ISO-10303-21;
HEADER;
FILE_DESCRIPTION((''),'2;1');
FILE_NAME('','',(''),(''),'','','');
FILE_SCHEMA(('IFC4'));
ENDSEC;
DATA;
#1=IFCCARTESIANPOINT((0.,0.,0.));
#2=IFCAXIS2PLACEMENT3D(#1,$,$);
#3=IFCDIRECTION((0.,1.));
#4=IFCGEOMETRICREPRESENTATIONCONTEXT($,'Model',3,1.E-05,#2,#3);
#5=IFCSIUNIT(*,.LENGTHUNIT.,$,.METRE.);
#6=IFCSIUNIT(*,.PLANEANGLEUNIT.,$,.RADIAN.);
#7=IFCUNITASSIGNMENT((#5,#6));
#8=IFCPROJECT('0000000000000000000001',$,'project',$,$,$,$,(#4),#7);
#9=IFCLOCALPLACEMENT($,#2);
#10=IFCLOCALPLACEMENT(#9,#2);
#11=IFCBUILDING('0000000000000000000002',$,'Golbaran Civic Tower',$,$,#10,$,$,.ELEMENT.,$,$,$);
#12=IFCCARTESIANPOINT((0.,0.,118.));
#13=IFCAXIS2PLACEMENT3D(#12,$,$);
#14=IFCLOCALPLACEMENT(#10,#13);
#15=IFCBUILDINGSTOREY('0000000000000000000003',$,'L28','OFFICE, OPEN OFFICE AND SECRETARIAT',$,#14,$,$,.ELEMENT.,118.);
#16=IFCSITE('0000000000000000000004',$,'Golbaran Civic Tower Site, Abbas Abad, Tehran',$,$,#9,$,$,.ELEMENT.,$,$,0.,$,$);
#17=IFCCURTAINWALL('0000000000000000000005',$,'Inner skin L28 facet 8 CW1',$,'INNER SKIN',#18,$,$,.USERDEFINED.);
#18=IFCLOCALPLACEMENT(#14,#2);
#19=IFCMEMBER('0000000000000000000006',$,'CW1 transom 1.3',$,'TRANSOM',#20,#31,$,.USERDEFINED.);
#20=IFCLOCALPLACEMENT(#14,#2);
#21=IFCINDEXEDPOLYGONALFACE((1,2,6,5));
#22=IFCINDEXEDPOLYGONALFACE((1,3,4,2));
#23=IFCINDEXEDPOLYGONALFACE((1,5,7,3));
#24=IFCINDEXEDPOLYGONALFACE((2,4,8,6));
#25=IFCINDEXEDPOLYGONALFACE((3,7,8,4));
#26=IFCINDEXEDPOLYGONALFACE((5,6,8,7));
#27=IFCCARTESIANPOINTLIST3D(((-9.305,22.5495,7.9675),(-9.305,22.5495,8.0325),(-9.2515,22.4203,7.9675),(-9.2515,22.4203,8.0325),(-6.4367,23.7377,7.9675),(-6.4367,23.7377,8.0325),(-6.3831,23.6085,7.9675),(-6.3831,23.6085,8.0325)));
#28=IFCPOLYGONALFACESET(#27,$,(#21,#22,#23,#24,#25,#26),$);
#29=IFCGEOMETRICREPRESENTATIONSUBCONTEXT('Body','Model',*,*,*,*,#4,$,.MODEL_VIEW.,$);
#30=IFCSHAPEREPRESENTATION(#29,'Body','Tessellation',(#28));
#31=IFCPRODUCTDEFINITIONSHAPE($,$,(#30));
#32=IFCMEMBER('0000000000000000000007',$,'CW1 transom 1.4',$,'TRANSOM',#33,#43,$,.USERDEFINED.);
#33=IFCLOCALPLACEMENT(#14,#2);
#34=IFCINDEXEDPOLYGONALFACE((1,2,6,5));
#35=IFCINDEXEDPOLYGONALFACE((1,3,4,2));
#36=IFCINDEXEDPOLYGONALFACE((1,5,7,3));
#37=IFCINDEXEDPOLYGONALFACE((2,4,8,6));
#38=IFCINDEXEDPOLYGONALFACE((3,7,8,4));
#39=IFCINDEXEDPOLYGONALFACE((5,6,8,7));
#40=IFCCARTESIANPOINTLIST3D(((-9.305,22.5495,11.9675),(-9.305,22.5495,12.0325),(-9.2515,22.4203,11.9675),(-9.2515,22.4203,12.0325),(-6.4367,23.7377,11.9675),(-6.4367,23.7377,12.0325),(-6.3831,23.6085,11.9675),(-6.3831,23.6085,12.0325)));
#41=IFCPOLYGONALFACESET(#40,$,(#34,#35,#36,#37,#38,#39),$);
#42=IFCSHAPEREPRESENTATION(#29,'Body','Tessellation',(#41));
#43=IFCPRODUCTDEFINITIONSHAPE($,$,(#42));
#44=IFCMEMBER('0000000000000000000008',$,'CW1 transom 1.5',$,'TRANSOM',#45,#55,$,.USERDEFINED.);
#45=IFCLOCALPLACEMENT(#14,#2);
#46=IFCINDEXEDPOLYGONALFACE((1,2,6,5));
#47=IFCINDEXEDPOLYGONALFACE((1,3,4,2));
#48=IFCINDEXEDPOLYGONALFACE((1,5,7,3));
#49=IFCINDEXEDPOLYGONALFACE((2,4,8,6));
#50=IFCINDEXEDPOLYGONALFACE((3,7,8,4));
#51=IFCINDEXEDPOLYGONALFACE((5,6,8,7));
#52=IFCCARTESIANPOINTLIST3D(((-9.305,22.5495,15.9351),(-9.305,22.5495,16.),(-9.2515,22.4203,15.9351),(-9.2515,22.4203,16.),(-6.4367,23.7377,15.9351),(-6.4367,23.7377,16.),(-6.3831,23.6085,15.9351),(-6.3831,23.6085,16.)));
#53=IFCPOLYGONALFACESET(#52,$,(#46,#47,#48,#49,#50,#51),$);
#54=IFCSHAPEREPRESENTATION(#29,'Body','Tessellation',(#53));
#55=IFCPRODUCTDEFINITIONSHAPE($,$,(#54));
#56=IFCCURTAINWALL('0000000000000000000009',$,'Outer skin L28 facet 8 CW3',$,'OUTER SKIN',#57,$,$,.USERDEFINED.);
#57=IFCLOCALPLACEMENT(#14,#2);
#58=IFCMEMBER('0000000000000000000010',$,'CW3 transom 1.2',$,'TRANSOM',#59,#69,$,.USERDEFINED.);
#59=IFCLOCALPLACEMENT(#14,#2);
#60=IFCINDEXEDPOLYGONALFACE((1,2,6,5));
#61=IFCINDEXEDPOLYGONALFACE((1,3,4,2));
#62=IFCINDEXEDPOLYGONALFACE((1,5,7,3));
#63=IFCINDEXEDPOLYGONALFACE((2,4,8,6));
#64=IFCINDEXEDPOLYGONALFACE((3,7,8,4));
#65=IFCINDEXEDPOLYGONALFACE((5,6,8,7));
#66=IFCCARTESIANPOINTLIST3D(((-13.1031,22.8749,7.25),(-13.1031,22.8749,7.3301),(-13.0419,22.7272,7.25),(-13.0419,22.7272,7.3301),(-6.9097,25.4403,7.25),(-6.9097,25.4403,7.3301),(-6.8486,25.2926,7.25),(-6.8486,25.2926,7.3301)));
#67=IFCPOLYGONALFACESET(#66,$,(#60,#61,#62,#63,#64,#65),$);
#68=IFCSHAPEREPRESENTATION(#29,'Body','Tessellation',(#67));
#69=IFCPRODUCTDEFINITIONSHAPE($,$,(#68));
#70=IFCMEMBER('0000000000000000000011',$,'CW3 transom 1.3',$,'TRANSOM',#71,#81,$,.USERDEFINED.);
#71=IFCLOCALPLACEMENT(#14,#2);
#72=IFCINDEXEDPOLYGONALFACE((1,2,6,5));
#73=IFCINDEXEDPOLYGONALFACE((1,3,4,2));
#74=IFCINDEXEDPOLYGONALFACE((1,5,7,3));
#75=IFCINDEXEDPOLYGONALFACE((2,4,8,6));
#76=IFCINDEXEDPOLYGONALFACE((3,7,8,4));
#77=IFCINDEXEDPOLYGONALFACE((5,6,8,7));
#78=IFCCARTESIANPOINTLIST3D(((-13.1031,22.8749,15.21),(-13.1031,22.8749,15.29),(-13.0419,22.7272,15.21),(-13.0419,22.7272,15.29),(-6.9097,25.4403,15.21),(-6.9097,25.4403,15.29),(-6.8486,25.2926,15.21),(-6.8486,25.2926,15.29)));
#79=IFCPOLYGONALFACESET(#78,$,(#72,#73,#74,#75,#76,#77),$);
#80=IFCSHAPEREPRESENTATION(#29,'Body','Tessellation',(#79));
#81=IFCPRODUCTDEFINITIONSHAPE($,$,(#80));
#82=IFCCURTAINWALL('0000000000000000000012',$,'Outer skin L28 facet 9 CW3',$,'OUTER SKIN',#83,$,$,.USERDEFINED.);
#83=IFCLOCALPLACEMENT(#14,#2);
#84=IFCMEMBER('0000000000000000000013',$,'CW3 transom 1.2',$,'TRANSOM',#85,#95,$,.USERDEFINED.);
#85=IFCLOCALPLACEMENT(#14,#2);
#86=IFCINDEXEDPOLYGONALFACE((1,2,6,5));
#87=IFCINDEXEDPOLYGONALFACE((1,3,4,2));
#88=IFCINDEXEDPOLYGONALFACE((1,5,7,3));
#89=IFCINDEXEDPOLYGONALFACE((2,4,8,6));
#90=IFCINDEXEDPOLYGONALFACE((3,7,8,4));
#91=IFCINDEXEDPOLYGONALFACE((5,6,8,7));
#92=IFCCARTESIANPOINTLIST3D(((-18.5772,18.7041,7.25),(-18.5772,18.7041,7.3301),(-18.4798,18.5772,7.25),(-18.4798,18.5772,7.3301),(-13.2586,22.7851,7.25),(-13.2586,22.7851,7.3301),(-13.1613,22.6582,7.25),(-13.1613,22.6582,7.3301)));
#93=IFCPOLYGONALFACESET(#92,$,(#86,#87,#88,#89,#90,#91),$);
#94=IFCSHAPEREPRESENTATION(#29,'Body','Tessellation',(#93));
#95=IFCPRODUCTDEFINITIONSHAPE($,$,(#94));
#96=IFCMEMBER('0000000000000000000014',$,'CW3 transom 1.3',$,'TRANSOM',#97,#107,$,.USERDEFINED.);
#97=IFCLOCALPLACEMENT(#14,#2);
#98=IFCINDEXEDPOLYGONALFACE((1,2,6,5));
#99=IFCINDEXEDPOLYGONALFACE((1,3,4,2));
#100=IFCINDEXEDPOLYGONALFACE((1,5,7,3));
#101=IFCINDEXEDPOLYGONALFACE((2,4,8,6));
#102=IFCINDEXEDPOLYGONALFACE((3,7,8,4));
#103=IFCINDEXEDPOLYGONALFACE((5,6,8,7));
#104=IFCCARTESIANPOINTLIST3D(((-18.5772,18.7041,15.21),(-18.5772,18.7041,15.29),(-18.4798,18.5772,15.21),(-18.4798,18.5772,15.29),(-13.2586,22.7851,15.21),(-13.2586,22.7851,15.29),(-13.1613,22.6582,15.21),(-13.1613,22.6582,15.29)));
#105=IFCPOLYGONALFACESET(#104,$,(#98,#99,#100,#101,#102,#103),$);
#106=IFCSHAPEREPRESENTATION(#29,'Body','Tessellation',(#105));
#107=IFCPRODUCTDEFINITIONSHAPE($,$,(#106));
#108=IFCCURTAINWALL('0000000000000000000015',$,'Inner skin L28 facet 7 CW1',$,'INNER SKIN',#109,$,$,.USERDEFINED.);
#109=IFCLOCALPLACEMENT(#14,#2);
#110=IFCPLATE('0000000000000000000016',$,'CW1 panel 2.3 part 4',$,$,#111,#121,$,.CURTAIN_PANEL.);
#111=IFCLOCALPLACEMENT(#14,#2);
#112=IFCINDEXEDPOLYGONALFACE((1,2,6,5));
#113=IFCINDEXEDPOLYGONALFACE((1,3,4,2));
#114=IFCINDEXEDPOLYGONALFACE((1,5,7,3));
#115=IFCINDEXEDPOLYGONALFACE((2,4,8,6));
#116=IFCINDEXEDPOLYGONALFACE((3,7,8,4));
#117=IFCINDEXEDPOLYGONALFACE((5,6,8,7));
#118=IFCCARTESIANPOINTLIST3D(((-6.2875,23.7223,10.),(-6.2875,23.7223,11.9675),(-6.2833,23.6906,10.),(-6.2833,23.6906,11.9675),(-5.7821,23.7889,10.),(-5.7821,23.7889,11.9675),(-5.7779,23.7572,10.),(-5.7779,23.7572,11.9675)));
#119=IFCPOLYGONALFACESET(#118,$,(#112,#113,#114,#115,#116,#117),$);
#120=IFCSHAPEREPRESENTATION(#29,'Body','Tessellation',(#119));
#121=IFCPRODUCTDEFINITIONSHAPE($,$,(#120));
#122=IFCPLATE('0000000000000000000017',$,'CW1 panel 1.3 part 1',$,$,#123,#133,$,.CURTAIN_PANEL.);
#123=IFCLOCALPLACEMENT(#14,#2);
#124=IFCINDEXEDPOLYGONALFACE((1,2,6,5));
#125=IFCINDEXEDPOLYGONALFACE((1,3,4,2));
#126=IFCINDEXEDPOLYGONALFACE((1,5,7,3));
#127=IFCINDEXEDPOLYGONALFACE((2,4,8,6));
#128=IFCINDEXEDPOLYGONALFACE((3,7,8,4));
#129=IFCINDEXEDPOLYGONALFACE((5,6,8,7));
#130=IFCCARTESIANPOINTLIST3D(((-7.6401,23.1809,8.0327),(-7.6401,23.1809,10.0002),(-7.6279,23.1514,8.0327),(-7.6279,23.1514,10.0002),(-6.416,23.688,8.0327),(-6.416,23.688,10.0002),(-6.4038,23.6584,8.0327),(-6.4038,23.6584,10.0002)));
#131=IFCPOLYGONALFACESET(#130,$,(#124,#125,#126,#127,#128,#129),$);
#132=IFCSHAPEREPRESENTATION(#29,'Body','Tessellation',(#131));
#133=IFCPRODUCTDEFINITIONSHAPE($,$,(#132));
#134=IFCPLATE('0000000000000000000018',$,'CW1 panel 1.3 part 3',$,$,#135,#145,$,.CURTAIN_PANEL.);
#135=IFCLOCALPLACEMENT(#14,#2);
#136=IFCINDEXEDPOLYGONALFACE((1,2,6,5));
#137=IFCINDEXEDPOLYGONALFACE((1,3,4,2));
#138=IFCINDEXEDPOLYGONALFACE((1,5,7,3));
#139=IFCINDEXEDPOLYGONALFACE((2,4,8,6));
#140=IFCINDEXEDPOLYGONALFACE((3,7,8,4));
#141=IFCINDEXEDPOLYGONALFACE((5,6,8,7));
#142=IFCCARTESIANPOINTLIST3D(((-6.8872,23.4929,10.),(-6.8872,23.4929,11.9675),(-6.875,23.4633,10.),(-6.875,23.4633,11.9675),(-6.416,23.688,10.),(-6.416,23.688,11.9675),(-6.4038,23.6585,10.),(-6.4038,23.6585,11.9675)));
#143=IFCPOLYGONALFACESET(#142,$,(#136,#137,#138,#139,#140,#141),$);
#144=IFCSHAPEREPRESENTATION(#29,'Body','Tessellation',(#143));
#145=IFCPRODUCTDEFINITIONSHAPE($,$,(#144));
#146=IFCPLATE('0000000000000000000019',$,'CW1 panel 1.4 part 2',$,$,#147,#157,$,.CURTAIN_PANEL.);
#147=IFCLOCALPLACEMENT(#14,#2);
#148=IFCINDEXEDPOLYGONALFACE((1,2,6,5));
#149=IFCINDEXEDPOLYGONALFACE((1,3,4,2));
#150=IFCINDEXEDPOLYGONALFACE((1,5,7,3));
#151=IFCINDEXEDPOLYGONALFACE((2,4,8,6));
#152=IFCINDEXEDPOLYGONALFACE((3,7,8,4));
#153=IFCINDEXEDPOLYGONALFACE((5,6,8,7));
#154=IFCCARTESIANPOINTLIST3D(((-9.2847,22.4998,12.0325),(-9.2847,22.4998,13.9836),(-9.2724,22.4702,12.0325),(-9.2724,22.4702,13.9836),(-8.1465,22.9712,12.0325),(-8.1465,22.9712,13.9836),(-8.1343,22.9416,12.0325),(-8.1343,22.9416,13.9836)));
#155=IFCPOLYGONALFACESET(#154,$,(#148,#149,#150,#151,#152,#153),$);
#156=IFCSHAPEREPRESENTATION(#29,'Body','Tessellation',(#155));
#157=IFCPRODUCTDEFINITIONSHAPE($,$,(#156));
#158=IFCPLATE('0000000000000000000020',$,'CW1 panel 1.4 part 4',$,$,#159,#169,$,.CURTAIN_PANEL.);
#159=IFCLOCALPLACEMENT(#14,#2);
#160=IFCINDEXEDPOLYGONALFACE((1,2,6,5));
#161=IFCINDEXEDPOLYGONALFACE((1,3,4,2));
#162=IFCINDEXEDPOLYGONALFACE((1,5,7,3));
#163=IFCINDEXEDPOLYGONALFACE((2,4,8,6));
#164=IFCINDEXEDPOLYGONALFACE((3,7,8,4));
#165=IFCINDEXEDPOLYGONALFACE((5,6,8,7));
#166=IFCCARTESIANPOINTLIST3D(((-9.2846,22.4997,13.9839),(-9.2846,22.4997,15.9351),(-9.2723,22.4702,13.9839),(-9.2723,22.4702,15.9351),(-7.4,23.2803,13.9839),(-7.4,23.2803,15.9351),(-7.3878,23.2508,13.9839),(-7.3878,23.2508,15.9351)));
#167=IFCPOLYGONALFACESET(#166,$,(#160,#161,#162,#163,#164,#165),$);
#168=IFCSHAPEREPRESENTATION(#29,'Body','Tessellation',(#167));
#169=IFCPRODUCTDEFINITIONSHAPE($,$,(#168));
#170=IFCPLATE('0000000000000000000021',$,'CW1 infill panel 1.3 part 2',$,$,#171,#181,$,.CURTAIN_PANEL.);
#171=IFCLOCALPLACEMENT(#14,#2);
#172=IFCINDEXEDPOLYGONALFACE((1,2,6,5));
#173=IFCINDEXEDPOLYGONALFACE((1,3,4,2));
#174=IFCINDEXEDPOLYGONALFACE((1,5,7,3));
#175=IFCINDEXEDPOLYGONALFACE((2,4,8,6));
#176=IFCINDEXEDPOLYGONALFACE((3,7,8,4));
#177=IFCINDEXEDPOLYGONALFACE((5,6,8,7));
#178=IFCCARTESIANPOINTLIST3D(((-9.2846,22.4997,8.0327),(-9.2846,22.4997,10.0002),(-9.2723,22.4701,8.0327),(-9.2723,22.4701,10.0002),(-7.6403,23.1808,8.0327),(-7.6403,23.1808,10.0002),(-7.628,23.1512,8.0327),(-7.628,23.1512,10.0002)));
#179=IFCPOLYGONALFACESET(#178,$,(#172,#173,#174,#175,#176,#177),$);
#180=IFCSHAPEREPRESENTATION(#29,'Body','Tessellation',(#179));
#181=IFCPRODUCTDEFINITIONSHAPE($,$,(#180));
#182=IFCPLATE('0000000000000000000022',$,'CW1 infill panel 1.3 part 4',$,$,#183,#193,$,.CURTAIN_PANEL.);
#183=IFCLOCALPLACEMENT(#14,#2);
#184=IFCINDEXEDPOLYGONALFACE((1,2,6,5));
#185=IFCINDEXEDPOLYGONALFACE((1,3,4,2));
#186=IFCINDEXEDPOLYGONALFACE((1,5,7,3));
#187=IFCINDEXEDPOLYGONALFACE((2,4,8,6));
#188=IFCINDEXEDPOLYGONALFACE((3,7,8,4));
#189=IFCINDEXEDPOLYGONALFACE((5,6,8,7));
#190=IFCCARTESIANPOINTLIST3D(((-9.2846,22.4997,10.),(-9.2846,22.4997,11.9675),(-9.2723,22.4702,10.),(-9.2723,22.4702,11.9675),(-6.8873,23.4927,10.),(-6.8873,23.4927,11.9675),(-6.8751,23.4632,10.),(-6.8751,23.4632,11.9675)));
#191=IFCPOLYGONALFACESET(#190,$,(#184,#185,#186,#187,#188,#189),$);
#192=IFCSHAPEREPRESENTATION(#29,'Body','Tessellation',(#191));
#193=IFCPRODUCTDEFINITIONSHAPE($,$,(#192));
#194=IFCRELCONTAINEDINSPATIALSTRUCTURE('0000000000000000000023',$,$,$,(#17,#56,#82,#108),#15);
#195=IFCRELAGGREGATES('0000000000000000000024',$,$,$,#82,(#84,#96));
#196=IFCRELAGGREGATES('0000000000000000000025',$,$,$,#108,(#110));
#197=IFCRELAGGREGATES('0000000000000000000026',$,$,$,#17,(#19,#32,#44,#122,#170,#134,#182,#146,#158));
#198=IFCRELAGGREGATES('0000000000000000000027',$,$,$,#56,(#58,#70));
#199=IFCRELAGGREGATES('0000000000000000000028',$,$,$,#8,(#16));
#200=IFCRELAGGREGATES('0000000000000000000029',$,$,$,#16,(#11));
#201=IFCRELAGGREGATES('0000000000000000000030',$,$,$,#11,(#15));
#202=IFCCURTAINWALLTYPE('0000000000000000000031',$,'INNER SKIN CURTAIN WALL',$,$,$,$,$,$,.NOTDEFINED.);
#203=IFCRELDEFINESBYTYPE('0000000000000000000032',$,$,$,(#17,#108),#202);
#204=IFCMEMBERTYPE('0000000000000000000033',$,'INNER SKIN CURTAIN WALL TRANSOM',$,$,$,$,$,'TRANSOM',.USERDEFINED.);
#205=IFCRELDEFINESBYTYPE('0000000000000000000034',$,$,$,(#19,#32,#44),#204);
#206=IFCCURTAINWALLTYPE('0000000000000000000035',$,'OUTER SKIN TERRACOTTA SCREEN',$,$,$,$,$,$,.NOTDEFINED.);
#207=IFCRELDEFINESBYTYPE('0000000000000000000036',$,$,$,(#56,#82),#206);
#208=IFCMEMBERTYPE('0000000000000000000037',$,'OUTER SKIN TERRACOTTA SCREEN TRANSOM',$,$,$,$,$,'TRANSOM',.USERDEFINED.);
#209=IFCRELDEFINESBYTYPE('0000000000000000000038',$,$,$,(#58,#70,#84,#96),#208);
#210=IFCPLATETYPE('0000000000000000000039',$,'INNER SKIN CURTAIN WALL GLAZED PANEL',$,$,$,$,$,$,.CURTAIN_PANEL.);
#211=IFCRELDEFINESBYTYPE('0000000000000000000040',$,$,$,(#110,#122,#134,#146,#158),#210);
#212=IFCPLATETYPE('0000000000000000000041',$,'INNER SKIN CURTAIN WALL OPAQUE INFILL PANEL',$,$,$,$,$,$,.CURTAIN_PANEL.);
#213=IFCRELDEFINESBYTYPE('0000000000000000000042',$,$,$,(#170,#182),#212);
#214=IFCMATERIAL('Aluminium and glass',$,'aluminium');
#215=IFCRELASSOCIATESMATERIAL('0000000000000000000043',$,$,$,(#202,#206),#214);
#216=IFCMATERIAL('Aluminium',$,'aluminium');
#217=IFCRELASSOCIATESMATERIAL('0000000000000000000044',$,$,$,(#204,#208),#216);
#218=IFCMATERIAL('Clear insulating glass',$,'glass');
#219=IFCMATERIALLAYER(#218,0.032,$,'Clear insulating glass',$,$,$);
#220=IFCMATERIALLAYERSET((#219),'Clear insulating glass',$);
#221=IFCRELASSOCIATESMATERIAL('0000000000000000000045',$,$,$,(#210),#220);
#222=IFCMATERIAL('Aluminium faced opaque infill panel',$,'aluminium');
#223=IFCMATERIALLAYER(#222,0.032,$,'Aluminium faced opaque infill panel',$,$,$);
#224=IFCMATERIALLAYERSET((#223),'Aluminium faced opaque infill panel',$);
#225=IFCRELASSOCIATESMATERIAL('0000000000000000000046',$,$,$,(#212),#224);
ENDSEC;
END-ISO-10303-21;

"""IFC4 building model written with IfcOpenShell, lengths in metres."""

from ifc_helpers import new_model, si_unit, direction, frame, origin, origin_2d, place, context, subcontext, project, spatial, rectangle, extrude, material, layer, layer_set, material_profile, profile_set, type_object, element, aggregate, save


model = new_model("IFC4")

# Units and contexts
model_context = context("Model", 3, precision=1e-05, world=origin(), true_north=direction((0.0, 1.0)))
body_context = subcontext(model_context, "Body", "Model", "MODEL_VIEW")
ifc_project = project(units=[si_unit("LENGTHUNIT", "METRE"), si_unit("PLANEANGLEUNIT", "RADIAN")], contexts=[model_context])

# Site, building, storey
site_placement = place(None, origin())
site = spatial("IfcSite", under=ifc_project, at=site_placement, Name="Golbaran Civic Tower Site, Abbas Abad, Tehran", CompositionType="ELEMENT", RefElevation=0.0)
building_placement = place(site_placement, origin())
building = spatial("IfcBuilding", under=site, at=building_placement, Name="Golbaran Civic Tower", CompositionType="ELEMENT")
storey_placement = place(building_placement, frame((0.0, 0.0, 118.0)))
storey = spatial("IfcBuildingStorey", under=building, at=storey_placement, Name="L28", Description="OFFICE, OPEN OFFICE AND SECRETARIAT", CompositionType="ELEMENT", Elevation=118.0)

# Curtain walls, members
ifc_material_1 = material(Name="Aluminium and glass", Category="aluminium")
curtain_wall_type_1 = type_object("IfcCurtainWallType", Name="INNER SKIN CURTAIN WALL", PredefinedType="NOTDEFINED", material=ifc_material_1)
curtain_wall_1_placement = place(storey_placement, origin())
curtain_wall_1 = element("IfcCurtainWall", 1, at=curtain_wall_1_placement, inside=storey, type_object=curtain_wall_type_1, Name="Inner skin L28 facet 8 CW1", ObjectType="INNER SKIN", PredefinedType="USERDEFINED")
ifc_material_2 = material(Name="Aluminium", Category="aluminium")
ifc_material_profile_1 = material_profile(ifc_material_2, rectangle(XDim=0.1399, YDim=0.0649, at=origin_2d()), Name="INNER SKIN CURTAIN WALL TRANSOM")
ifc_profile_set_1 = profile_set([ifc_material_profile_1], Name="Aluminium")
member_type_1 = type_object("IfcMemberType", Name="INNER SKIN CURTAIN WALL TRANSOM", ElementType="TRANSOM", PredefinedType="USERDEFINED", material=ifc_profile_set_1)
member_1_placement = place(storey_placement, frame((-6.4099, 23.6731, 8.0), z_axis=(-0.923868, -0.382711, 0.0), x_axis=(0.382711, -0.923868, 0.0)))
member_1 = element("IfcMember", 2, at=member_1_placement, type_object=member_type_1, Name="CW1 transom 1.3", ObjectType="TRANSOM", PredefinedType="USERDEFINED", context=body_context, shape_type="SweptSolid", body=[
    extrude(rectangle(XDim=0.1399, YDim=0.0649, at=origin_2d()), origin(), (0.0, 0.0, 1.0), 3.1047),
])
member_2_placement = place(storey_placement, frame((-6.4099, 23.6731, 12.0), z_axis=(-0.923868, -0.382711, 0.0), x_axis=(0.382711, -0.923868, 0.0)))
member_2 = element("IfcMember", 3, at=member_2_placement, type_object=member_type_1, Name="CW1 transom 1.4", ObjectType="TRANSOM", PredefinedType="USERDEFINED", context=body_context, shape_type="SweptSolid", body=[
    extrude(rectangle(XDim=0.1399, YDim=0.0649, at=origin_2d()), origin(), (0.0, 0.0, 1.0), 3.1047),
])
member_3_placement = place(storey_placement, frame((-6.4099, 23.6731, 15.9675), z_axis=(-0.923868, -0.382711, 0.0), x_axis=(0.382711, -0.923868, 0.0)))
member_3 = element("IfcMember", 4, at=member_3_placement, type_object=member_type_1, Name="CW1 transom 1.5", ObjectType="TRANSOM", PredefinedType="USERDEFINED", context=body_context, shape_type="SweptSolid", body=[
    extrude(rectangle(XDim=0.1399, YDim=0.0649, at=origin_2d()), origin(), (0.0, 0.0, 1.0), 3.1047),
])
curtain_wall_type_2 = type_object("IfcCurtainWallType", Name="OUTER SKIN TERRACOTTA SCREEN", PredefinedType="NOTDEFINED", material=ifc_material_1)
curtain_wall_2_placement = place(storey_placement, origin())
curtain_wall_2 = element("IfcCurtainWall", 5, at=curtain_wall_2_placement, inside=storey, type_object=curtain_wall_type_2, Name="Outer skin L28 facet 8 CW3", ObjectType="OUTER SKIN", PredefinedType="USERDEFINED")
ifc_material_profile_2 = material_profile(ifc_material_2, rectangle(XDim=0.1599, YDim=0.0801, at=origin_2d()), Name="OUTER SKIN TERRACOTTA SCREEN TRANSOM")
ifc_profile_set_2 = profile_set([ifc_material_profile_2], Name="Aluminium")
member_type_2 = type_object("IfcMemberType", Name="OUTER SKIN TERRACOTTA SCREEN TRANSOM", ElementType="TRANSOM", PredefinedType="USERDEFINED", material=ifc_profile_set_2)
member_4_placement = place(storey_placement, frame((-6.8792, 25.3665, 7.29), z_axis=(-0.923877, -0.382691, 0.0), x_axis=(0.382691, -0.923877, 0.0)))
member_4 = element("IfcMember", 6, at=member_4_placement, type_object=member_type_2, Name="CW3 transom 1.2", ObjectType="TRANSOM", PredefinedType="USERDEFINED", context=body_context, shape_type="SweptSolid", body=[
    extrude(rectangle(XDim=0.1599, YDim=0.0801, at=origin_2d()), origin(), (0.0, 0.0, 1.0), 6.7036),
])
member_5_placement = place(storey_placement, frame((-6.8792, 25.3665, 15.25), z_axis=(-0.923877, -0.382691, 0.0), x_axis=(0.382691, -0.923877, 0.0)))
member_5 = element("IfcMember", 7, at=member_5_placement, type_object=member_type_2, Name="CW3 transom 1.3", ObjectType="TRANSOM", PredefinedType="USERDEFINED", context=body_context, shape_type="SweptSolid", body=[
    extrude(rectangle(XDim=0.1599, YDim=0.0801, at=origin_2d()), origin(), (0.0, 0.0, 1.0), 6.7036),
])
curtain_wall_3_placement = place(storey_placement, origin())
curtain_wall_3 = element("IfcCurtainWall", 8, at=curtain_wall_3_placement, inside=storey, type_object=curtain_wall_type_2, Name="Outer skin L28 facet 9 CW3", ObjectType="OUTER SKIN", PredefinedType="USERDEFINED")
member_6_placement = place(storey_placement, frame((-13.21, 22.7217, 7.29), z_axis=(-0.793357, -0.608756, 0.0), x_axis=(0.608756, -0.793357, 0.0)))
member_6 = element("IfcMember", 9, at=member_6_placement, type_object=member_type_2, Name="CW3 transom 1.2", ObjectType="TRANSOM", PredefinedType="USERDEFINED", context=body_context, shape_type="SweptSolid", body=[
    extrude(rectangle(XDim=0.1599, YDim=0.0801, at=origin_2d()), origin(), (0.0, 0.0, 1.0), 6.7039),
])
member_7_placement = place(storey_placement, frame((-13.21, 22.7217, 15.25), z_axis=(-0.793357, -0.608756, 0.0), x_axis=(0.608756, -0.793357, 0.0)))
member_7 = element("IfcMember", 10, at=member_7_placement, type_object=member_type_2, Name="CW3 transom 1.3", ObjectType="TRANSOM", PredefinedType="USERDEFINED", context=body_context, shape_type="SweptSolid", body=[
    extrude(rectangle(XDim=0.1599, YDim=0.0801, at=origin_2d()), origin(), (0.0, 0.0, 1.0), 6.7039),
])
aggregate(curtain_wall_3, [member_6, member_7])

# Curtain wall, plate
curtain_wall_4_placement = place(storey_placement, origin())
curtain_wall_4 = element("IfcCurtainWall", 11, at=curtain_wall_4_placement, inside=storey, type_object=curtain_wall_type_1, Name="Inner skin L28 facet 7 CW1", ObjectType="INNER SKIN", PredefinedType="USERDEFINED")
ifc_material_3 = material(Name="Clear insulating glass", Category="glass")
ifc_layer_1 = layer(ifc_material_3, 0.032, Name="Clear insulating glass")
ifc_layer_set_1 = layer_set([ifc_layer_1], Name="Clear insulating glass")
plate_type_1 = type_object("IfcPlateType", Name="INNER SKIN CURTAIN WALL GLAZED PANEL", PredefinedType="CURTAIN_PANEL", material=ifc_layer_set_1)
plate_1_placement = place(storey_placement, frame((-6.0327, 23.7397, 10.0), z_axis=(0.0, 0.0, 1.0), x_axis=(-0.991445, -0.130526, 0.0)))
plate_1 = element("IfcPlate", 12, at=plate_1_placement, type_object=plate_type_1, Name="CW1 panel 2.3 part 4", PredefinedType="CURTAIN_PANEL", context=body_context, shape_type="SweptSolid", body=[
    extrude(rectangle(XDim=0.5098, YDim=0.032, at=origin_2d()), origin(), (0.0, 0.0, 1.0), 1.9675),
])
aggregate(curtain_wall_4, [plate_1])

# Plates
plate_2_placement = place(storey_placement, frame((-7.022, 23.4197, 8.0327), z_axis=(0.0, 0.0, 1.0), x_axis=(-0.92388, -0.382683, 0.0)))
plate_2 = element("IfcPlate", 13, at=plate_2_placement, type_object=plate_type_1, Name="CW1 panel 1.3 part 1", PredefinedType="CURTAIN_PANEL", context=body_context, shape_type="SweptSolid", body=[
    extrude(rectangle(XDim=1.325, YDim=0.032, at=origin_2d()), origin(), (0.0, 0.0, 1.0), 1.9675),
])
plate_3_placement = place(storey_placement, frame((-6.6455, 23.5757, 10.0), z_axis=(0.0, 0.0, 1.0), x_axis=(-0.92388, -0.382683, 0.0)))
plate_3 = element("IfcPlate", 14, at=plate_3_placement, type_object=plate_type_1, Name="CW1 panel 1.3 part 3", PredefinedType="CURTAIN_PANEL", context=body_context, shape_type="SweptSolid", body=[
    extrude(rectangle(XDim=0.51, YDim=0.032, at=origin_2d()), origin(), (0.0, 0.0, 1.0), 1.9675),
])
plate_4_placement = place(storey_placement, frame((-8.7095, 22.7207, 12.0325), z_axis=(0.0, 0.0, 1.0), x_axis=(-0.92388, -0.382683, 0.0)))
plate_4 = element("IfcPlate", 15, at=plate_4_placement, type_object=plate_type_1, Name="CW1 panel 1.4 part 2", PredefinedType="CURTAIN_PANEL", context=body_context, shape_type="SweptSolid", body=[
    extrude(rectangle(XDim=1.2319, YDim=0.032, at=origin_2d()), origin(), (0.0, 0.0, 1.0), 1.9512),
])
plate_5_placement = place(storey_placement, frame((-8.3362, 22.8752, 13.9839), z_axis=(0.0, 0.0, 1.0), x_axis=(-0.92388, -0.382683, 0.0)))
plate_5 = element("IfcPlate", 16, at=plate_5_placement, type_object=plate_type_1, Name="CW1 panel 1.4 part 4", PredefinedType="CURTAIN_PANEL", context=body_context, shape_type="SweptSolid", body=[
    extrude(rectangle(XDim=2.0398, YDim=0.032, at=origin_2d()), origin(), (0.0, 0.0, 1.0), 1.9512),
])
ifc_material_4 = material(Name="Aluminium faced opaque infill panel", Category="aluminium")
ifc_layer_2 = layer(ifc_material_4, 0.032, Name="Aluminium faced opaque infill panel")
ifc_layer_set_2 = layer_set([ifc_layer_2], Name="Aluminium faced opaque infill panel")
plate_type_2 = type_object("IfcPlateType", Name="INNER SKIN CURTAIN WALL OPAQUE INFILL PANEL", PredefinedType="CURTAIN_PANEL", material=ifc_layer_set_2)
plate_6_placement = place(storey_placement, frame((-8.4563, 22.8254, 8.0327), z_axis=(0.0, 0.0, 1.0), x_axis=(-0.92388, -0.382683, 0.0)))
plate_6 = element("IfcPlate", 17, at=plate_6_placement, type_object=plate_type_2, Name="CW1 infill panel 1.3 part 2", PredefinedType="CURTAIN_PANEL", context=body_context, shape_type="SweptSolid", body=[
    extrude(rectangle(XDim=1.7798, YDim=0.032, at=origin_2d()), origin(), (0.0, 0.0, 1.0), 1.9675),
])
plate_7_placement = place(storey_placement, frame((-8.0798, 22.9814, 10.0), z_axis=(0.0, 0.0, 1.0), x_axis=(-0.92388, -0.382683, 0.0)))
plate_7 = element("IfcPlate", 18, at=plate_7_placement, type_object=plate_type_2, Name="CW1 infill panel 1.3 part 4", PredefinedType="CURTAIN_PANEL", context=body_context, shape_type="SweptSolid", body=[
    extrude(rectangle(XDim=2.5947, YDim=0.032, at=origin_2d()), origin(), (0.0, 0.0, 1.0), 1.9675),
])
aggregate(curtain_wall_1, [member_1, member_2, member_3, plate_2, plate_6, plate_3, plate_7, plate_4, plate_5])
aggregate(curtain_wall_2, [member_4, member_5])

save(model, "model.ifc")
